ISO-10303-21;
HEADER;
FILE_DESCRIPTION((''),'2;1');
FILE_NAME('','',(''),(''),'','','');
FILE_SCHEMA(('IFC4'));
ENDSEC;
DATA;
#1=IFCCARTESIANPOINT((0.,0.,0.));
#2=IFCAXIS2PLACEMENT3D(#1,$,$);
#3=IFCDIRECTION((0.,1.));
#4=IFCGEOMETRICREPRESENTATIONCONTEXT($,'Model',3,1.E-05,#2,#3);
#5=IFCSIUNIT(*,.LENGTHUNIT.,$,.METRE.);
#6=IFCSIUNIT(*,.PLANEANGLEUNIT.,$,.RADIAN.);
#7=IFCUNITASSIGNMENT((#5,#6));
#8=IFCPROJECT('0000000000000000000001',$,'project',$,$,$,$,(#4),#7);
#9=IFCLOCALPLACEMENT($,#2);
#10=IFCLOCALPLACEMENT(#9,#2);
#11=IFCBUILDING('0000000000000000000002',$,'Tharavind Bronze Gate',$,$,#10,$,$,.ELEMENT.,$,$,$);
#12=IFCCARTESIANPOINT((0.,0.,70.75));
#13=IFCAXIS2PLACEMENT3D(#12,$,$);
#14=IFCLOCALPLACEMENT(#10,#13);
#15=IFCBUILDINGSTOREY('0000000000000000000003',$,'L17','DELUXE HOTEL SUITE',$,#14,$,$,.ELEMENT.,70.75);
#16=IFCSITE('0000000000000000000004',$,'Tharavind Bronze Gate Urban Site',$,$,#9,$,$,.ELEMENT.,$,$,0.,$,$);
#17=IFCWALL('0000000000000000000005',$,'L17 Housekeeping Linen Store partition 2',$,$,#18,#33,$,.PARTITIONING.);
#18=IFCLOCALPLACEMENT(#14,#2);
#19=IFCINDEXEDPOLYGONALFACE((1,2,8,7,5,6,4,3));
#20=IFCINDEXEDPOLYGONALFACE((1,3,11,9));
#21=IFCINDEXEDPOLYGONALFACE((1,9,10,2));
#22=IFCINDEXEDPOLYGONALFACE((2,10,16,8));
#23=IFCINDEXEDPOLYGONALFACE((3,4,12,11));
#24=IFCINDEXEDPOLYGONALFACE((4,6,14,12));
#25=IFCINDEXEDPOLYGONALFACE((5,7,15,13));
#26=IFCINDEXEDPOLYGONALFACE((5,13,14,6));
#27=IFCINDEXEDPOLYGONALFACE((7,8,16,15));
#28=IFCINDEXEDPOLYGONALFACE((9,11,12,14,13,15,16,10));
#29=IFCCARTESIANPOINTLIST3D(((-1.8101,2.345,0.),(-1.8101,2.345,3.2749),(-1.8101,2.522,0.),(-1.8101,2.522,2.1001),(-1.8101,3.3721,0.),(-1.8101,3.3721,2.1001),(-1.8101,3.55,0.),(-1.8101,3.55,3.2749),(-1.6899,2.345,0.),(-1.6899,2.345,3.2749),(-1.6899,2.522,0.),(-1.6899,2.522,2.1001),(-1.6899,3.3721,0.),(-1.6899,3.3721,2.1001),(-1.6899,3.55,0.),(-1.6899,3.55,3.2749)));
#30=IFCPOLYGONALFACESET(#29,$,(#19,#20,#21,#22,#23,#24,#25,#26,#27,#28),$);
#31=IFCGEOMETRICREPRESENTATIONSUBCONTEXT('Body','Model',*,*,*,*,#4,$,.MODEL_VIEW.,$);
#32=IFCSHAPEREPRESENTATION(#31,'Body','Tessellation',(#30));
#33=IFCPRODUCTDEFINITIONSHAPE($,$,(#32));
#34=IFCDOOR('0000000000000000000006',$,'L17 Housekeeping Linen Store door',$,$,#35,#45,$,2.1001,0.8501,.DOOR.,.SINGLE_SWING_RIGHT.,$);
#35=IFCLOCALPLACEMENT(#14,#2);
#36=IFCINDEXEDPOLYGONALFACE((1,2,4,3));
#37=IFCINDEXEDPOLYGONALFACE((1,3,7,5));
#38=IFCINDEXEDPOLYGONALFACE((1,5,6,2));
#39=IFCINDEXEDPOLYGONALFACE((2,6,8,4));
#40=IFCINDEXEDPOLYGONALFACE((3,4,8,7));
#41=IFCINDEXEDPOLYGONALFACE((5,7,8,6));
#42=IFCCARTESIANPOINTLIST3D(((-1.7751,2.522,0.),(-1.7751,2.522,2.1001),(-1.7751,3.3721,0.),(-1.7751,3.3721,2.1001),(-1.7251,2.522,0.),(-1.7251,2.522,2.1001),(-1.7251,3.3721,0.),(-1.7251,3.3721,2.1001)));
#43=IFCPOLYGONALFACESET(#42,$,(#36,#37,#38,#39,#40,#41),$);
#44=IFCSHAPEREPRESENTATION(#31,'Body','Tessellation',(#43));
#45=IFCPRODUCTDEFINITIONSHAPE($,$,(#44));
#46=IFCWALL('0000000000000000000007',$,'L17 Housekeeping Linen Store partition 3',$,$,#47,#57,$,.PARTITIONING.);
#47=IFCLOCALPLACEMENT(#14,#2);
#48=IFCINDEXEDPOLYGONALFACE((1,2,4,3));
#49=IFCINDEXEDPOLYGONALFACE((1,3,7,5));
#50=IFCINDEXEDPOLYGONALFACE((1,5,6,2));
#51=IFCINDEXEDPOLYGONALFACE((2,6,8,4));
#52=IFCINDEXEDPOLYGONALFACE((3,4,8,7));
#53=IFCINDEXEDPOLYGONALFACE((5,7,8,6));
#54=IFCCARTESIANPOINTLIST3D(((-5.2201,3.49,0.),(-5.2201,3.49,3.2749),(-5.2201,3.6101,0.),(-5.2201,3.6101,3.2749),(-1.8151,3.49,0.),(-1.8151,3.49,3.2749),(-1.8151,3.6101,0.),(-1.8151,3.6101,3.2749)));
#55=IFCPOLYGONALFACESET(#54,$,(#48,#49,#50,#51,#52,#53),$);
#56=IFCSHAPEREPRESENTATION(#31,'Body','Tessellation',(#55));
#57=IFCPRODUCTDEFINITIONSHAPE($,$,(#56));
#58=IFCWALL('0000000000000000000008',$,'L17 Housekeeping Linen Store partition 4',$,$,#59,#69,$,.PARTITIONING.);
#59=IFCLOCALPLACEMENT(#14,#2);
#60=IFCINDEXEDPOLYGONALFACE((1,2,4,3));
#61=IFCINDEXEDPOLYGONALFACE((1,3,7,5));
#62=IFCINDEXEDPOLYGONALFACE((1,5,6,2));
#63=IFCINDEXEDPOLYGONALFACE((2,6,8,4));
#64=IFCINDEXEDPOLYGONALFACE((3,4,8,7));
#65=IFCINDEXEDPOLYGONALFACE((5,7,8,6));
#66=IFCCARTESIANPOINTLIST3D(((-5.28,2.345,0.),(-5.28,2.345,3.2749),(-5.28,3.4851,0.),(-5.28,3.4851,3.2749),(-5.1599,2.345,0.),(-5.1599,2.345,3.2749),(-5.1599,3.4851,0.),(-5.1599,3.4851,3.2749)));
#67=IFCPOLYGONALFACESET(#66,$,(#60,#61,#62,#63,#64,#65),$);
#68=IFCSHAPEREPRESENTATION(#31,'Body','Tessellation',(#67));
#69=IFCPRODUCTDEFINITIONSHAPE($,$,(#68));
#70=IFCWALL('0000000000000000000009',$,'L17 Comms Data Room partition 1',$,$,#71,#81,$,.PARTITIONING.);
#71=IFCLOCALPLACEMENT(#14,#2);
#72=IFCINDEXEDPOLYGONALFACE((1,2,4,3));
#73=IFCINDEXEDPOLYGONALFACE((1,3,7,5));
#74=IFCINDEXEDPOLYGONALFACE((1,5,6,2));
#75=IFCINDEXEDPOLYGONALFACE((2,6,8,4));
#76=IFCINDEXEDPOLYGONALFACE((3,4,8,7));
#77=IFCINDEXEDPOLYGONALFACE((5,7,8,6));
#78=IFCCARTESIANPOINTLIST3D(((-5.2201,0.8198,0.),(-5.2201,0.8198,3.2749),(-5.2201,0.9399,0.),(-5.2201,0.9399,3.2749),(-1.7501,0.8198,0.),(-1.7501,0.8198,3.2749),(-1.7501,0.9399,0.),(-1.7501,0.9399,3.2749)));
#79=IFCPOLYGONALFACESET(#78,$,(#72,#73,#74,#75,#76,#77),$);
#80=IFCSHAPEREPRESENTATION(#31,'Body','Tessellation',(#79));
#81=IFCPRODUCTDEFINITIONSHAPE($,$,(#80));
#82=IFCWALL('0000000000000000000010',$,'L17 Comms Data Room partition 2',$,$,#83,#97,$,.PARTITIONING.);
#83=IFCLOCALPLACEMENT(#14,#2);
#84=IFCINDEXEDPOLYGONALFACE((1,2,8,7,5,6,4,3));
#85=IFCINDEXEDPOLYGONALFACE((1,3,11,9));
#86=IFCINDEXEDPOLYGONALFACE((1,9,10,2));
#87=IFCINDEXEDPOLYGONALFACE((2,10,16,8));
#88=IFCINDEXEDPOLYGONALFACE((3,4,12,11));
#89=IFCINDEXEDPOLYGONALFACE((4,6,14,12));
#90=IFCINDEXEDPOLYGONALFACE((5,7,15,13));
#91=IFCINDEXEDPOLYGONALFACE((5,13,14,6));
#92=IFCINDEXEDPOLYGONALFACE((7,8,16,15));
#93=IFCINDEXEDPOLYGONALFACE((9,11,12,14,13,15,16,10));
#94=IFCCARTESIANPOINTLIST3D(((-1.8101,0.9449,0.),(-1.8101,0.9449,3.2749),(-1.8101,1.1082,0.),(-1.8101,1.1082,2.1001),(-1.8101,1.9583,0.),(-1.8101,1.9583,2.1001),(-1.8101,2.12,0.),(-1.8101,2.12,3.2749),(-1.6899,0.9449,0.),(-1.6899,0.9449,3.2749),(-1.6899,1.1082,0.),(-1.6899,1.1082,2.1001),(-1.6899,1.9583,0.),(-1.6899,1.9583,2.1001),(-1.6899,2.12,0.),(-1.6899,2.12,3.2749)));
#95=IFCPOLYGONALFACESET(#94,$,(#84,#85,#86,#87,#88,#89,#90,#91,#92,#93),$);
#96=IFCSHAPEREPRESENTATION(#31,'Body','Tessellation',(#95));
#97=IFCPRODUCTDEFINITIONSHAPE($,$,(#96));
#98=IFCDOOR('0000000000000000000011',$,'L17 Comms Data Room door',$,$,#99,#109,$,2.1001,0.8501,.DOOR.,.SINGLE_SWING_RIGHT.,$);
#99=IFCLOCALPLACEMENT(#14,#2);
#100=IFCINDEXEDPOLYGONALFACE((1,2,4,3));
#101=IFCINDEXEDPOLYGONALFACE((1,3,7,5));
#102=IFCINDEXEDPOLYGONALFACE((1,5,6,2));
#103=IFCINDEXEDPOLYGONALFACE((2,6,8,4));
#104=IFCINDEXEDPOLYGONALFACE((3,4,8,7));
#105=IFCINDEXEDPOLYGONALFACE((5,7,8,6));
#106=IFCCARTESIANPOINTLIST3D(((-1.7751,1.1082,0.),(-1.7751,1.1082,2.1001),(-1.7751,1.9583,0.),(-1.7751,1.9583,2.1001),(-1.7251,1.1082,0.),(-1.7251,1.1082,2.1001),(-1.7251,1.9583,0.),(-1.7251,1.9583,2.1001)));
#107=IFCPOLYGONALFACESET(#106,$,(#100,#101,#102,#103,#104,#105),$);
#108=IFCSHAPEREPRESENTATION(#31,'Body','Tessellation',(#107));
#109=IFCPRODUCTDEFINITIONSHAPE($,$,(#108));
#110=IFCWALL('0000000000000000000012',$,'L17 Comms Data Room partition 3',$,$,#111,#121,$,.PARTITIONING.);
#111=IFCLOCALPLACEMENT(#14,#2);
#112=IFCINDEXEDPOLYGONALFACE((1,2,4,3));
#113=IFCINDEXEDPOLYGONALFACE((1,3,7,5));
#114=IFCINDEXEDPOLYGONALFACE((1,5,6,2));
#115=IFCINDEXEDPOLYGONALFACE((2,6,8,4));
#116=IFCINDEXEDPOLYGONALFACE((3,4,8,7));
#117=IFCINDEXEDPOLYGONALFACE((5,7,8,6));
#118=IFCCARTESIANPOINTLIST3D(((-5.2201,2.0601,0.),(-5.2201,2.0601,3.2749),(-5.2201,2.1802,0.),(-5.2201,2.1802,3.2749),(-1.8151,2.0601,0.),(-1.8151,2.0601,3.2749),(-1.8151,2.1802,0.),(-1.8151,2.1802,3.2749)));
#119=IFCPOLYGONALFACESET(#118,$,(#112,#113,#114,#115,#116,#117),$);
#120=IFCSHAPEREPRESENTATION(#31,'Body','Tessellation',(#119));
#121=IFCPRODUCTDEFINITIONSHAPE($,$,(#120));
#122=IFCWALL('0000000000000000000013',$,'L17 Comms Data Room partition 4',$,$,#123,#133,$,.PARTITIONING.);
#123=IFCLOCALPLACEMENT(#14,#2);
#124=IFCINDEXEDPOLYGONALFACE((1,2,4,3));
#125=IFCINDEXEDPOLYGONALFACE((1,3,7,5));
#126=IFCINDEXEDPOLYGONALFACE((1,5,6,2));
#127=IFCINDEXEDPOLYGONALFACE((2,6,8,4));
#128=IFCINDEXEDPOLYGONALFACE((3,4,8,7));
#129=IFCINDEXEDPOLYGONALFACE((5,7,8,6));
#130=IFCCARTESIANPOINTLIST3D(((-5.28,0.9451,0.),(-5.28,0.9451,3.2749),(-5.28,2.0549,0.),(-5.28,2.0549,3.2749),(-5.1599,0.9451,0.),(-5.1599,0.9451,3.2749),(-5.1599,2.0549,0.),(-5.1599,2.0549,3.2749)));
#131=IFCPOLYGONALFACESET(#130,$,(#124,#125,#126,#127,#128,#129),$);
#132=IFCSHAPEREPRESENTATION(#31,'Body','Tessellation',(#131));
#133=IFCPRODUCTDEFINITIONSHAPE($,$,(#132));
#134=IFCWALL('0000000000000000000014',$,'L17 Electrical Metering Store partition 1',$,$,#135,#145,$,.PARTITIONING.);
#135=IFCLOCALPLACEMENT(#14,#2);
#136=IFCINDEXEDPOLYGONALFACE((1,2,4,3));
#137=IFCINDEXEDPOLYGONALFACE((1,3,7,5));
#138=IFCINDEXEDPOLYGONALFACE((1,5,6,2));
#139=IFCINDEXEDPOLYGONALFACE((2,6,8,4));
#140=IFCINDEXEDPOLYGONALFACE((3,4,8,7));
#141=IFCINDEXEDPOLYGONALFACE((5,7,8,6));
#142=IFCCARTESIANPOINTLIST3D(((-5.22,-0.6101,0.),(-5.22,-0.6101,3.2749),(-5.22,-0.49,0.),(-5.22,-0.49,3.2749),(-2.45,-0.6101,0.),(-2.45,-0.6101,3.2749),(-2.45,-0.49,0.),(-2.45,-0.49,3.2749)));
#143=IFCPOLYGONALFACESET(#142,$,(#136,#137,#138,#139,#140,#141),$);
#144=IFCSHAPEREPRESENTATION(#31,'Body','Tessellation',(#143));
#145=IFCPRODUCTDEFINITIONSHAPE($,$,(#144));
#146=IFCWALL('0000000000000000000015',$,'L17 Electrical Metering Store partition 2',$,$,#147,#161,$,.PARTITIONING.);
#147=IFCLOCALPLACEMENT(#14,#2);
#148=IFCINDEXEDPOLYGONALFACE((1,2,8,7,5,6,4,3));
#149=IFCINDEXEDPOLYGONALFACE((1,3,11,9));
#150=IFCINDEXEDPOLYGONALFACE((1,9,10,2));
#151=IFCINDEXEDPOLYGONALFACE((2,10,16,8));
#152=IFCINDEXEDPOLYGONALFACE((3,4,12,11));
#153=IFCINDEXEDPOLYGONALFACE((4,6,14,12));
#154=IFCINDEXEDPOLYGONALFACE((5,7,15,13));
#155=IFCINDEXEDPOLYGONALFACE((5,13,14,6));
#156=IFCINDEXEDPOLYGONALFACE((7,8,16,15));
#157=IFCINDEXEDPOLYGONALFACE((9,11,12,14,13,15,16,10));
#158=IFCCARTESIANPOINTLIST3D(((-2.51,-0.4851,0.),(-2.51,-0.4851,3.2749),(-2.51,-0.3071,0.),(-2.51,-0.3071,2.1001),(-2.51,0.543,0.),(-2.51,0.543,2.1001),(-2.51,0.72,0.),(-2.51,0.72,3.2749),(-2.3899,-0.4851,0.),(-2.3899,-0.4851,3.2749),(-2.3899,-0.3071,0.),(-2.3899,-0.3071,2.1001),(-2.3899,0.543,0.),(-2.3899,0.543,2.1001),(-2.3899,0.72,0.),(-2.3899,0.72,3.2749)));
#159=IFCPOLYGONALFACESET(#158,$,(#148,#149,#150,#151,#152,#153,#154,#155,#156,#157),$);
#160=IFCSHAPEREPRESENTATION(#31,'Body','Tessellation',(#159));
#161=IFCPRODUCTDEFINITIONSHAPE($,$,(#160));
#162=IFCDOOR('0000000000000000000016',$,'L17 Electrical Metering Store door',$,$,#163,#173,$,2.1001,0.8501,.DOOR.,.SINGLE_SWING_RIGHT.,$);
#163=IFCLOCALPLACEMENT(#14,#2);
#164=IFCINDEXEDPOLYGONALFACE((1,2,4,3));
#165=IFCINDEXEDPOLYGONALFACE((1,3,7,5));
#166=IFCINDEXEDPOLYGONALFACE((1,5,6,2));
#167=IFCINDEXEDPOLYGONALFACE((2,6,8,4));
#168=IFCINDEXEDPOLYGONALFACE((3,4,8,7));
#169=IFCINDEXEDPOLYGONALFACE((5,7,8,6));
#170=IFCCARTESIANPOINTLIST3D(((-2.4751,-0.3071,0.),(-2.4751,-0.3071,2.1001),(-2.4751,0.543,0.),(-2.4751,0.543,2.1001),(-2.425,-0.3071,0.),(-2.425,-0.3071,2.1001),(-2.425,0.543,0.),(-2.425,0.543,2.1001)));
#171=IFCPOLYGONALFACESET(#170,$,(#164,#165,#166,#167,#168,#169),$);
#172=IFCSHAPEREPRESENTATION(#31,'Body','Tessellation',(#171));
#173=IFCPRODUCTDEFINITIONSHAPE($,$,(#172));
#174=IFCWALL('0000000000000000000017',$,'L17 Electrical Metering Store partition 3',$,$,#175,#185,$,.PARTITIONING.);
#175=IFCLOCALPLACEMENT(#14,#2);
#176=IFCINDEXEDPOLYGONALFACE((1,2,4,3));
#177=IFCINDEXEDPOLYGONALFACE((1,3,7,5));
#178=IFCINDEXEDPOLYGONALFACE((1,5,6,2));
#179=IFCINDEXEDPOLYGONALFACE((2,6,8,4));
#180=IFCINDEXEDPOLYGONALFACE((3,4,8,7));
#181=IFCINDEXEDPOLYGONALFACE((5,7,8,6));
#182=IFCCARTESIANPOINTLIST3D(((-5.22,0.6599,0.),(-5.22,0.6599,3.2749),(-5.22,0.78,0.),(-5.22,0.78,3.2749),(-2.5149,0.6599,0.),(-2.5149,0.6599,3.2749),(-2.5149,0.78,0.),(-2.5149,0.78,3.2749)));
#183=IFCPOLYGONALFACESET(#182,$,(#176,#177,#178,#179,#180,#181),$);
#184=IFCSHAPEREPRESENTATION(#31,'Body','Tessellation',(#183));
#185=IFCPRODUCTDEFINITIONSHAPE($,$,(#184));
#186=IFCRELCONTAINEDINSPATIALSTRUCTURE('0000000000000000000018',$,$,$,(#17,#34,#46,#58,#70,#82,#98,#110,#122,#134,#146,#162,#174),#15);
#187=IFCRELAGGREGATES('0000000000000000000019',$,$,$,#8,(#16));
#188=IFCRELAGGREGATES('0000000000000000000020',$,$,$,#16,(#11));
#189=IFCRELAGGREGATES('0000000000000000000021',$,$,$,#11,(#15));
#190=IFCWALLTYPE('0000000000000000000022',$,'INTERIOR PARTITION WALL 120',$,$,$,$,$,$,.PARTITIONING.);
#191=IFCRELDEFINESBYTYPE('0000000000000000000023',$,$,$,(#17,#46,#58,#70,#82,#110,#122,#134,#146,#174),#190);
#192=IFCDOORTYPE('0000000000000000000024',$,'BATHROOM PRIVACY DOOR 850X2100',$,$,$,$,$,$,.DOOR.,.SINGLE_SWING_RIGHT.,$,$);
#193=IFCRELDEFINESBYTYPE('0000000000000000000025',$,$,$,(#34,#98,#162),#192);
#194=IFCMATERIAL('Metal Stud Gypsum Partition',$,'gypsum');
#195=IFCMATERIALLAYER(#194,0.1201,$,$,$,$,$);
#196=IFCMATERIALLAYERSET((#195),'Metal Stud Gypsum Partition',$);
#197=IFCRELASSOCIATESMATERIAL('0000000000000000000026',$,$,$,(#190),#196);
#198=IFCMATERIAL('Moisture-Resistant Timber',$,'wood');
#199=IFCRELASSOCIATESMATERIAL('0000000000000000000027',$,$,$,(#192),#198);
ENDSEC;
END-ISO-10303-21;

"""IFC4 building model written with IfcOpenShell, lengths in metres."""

from ifc_helpers import new_model, si_unit, direction, frame, frame_2d, origin, place, context, subcontext, project, spatial, rectangle, extrude, material, layer, layer_set, type_object, element, fill, save


model = new_model("IFC4")

# Units and contexts
model_context = context("Model", 3, precision=1e-05, world=origin(), true_north=direction((0.0, 1.0)))
body_context = subcontext(model_context, "Body", "Model", "MODEL_VIEW")
ifc_project = project(units=[si_unit("LENGTHUNIT", "METRE"), si_unit("PLANEANGLEUNIT", "RADIAN")], contexts=[model_context])

# Site, building, storey
site_placement = place(None, origin())
site = spatial("IfcSite", under=ifc_project, at=site_placement, Name="Tharavind Bronze Gate Urban Site", CompositionType="ELEMENT", RefElevation=0.0)
building_placement = place(site_placement, origin())
building = spatial("IfcBuilding", under=site, at=building_placement, Name="Tharavind Bronze Gate", CompositionType="ELEMENT")
storey_placement = place(building_placement, frame((0.0, 0.0, 70.75)))
storey = spatial("IfcBuildingStorey", under=building, at=storey_placement, Name="L17", Description="DELUXE HOTEL SUITE", CompositionType="ELEMENT", Elevation=70.75)

# Shared definitions
ifc_material_1 = material(Name="Metal Stud Gypsum Partition", Category="gypsum")
ifc_layer_1 = layer(ifc_material_1, 0.1201)
ifc_layer_set_1 = layer_set([ifc_layer_1], Name="Metal Stud Gypsum Partition")
wall_type_1 = type_object("IfcWallType", Name="INTERIOR PARTITION WALL 120", PredefinedType="PARTITIONING", material=ifc_layer_set_1)

# Wall, opening, door
wall_1_placement = place(storey_placement, frame((-1.75, 2.345, 0.0), z_axis=(0.0, 0.0, 1.0), x_axis=(0.0, 1.0, 0.0)))
wall_1 = element("IfcWall", 1, at=wall_1_placement, inside=storey, type_object=wall_type_1, Name="L17 Housekeeping Linen Store partition 2", PredefinedType="PARTITIONING", context=body_context, shape_type="SweptSolid", body=[
    extrude(rectangle(XDim=1.2051, YDim=0.1201, at=frame_2d((0.6025, 0.0))), origin(), (0.0, 0.0, 1.0), 3.2749),
])
opening_1_placement = place(wall_1_placement, frame((0.177, 0.0, 0.0)))
opening_1 = element("IfcOpeningElement", 2, at=opening_1_placement, cuts=wall_1, PredefinedType="OPENING", context=body_context, shape_type="SweptSolid", body=[
    extrude(rectangle(XDim=0.8501, YDim=2.1001, at=frame_2d((0.425, 1.05))), frame((0.0, 0.0701, 0.0), z_axis=(0.0, -1.0, 0.0), x_axis=(1.0, 0.0, 0.0)), (0.0, 0.0, 1.0), 0.1401),
])
ifc_material_2 = material(Name="Moisture-Resistant Timber", Category="wood")
door_type = type_object("IfcDoorType", Name="BATHROOM PRIVACY DOOR 850X2100", OperationType="SINGLE_SWING_RIGHT", PredefinedType="DOOR", material=ifc_material_2)
door_1_placement = place(opening_1_placement, frame((0.8501, 0.0, 0.0), z_axis=(0.0, 0.0, 1.0), x_axis=(-1.0, 0.0, 0.0)))
door_1 = element("IfcDoor", 3, at=door_1_placement, inside=storey, type_object=door_type, Name="L17 Housekeeping Linen Store door", OperationType="SINGLE_SWING_RIGHT", OverallHeight=2.1001, OverallWidth=0.8501, PredefinedType="DOOR", context=body_context, shape_type="SweptSolid", body=[
    extrude(rectangle(XDim=0.8501, YDim=2.1001, at=frame_2d((0.425, 1.05))), frame((0.0, 0.0249, 0.0), z_axis=(0.0, -1.0, 0.0), x_axis=(1.0, 0.0, 0.0)), (0.0, 0.0, 1.0), 0.05),
])
fill(opening_1, door_1)

# Walls
wall_2_placement = place(storey_placement, frame((-1.8149, 3.55, 0.0), z_axis=(0.0, 0.0, 1.0), x_axis=(-1.0, 0.0, 0.0)))
element("IfcWall", 4, at=wall_2_placement, inside=storey, type_object=wall_type_1, Name="L17 Housekeeping Linen Store partition 3", PredefinedType="PARTITIONING", context=body_context, shape_type="SweptSolid", body=[
    extrude(rectangle(XDim=3.405, YDim=0.1201, at=frame_2d((1.7026, 0.0))), origin(), (0.0, 0.0, 1.0), 3.2749),
])
wall_3_placement = place(storey_placement, frame((-5.22, 3.4851, 0.0), z_axis=(0.0, 0.0, 1.0), x_axis=(0.0, -1.0, 0.0)))
element("IfcWall", 5, at=wall_3_placement, inside=storey, type_object=wall_type_1, Name="L17 Housekeeping Linen Store partition 4", PredefinedType="PARTITIONING", context=body_context, shape_type="SweptSolid", body=[
    extrude(rectangle(XDim=1.1401, YDim=0.1201, at=frame_2d((0.5701, 0.0))), origin(), (0.0, 0.0, 1.0), 3.2749),
])
wall_4_placement = place(storey_placement, frame((-5.22, 0.8799, 0.0), z_axis=(0.0, 0.0, 1.0), x_axis=(1.0, 0.0, 0.0)))
element("IfcWall", 6, at=wall_4_placement, inside=storey, type_object=wall_type_1, Name="L17 Comms Data Room partition 1", PredefinedType="PARTITIONING", context=body_context, shape_type="SweptSolid", body=[
    extrude(rectangle(XDim=3.47, YDim=0.1201, at=frame_2d((1.7349, 0.0))), origin(), (0.0, 0.0, 1.0), 3.2749),
])

# Wall, opening, door
wall_5_placement = place(storey_placement, frame((-1.75, 0.9451, 0.0), z_axis=(0.0, 0.0, 1.0), x_axis=(0.0, 1.0, 0.0)))
wall_5 = element("IfcWall", 7, at=wall_5_placement, inside=storey, type_object=wall_type_1, Name="L17 Comms Data Room partition 2", PredefinedType="PARTITIONING", context=body_context, shape_type="SweptSolid", body=[
    extrude(rectangle(XDim=1.175, YDim=0.1201, at=frame_2d((0.5874, 0.0))), origin(), (0.0, 0.0, 1.0), 3.2749),
])
opening_2_placement = place(wall_5_placement, frame((0.1631, 0.0, 0.0)))
opening_2 = element("IfcOpeningElement", 8, at=opening_2_placement, cuts=wall_5, PredefinedType="OPENING", context=body_context, shape_type="SweptSolid", body=[
    extrude(rectangle(XDim=0.8501, YDim=2.1001, at=frame_2d((0.425, 1.05))), frame((0.0, 0.0701, 0.0), z_axis=(0.0, -1.0, 0.0), x_axis=(1.0, 0.0, 0.0)), (0.0, 0.0, 1.0), 0.1401),
])
door_2_placement = place(opening_2_placement, frame((0.8501, 0.0, 0.0), z_axis=(0.0, 0.0, 1.0), x_axis=(-1.0, 0.0, 0.0)))
door_2 = element("IfcDoor", 9, at=door_2_placement, inside=storey, type_object=door_type, Name="L17 Comms Data Room door", OperationType="SINGLE_SWING_RIGHT", OverallHeight=2.1001, OverallWidth=0.8501, PredefinedType="DOOR", context=body_context, shape_type="SweptSolid", body=[
    extrude(rectangle(XDim=0.8501, YDim=2.1001, at=frame_2d((0.425, 1.05))), frame((0.0, 0.0249, 0.0), z_axis=(0.0, -1.0, 0.0), x_axis=(1.0, 0.0, 0.0)), (0.0, 0.0, 1.0), 0.05),
])
fill(opening_2, door_2)

# Walls
wall_6_placement = place(storey_placement, frame((-1.8149, 2.1201, 0.0), z_axis=(0.0, 0.0, 1.0), x_axis=(-1.0, 0.0, 0.0)))
element("IfcWall", 10, at=wall_6_placement, inside=storey, type_object=wall_type_1, Name="L17 Comms Data Room partition 3", PredefinedType="PARTITIONING", context=body_context, shape_type="SweptSolid", body=[
    extrude(rectangle(XDim=3.405, YDim=0.1201, at=frame_2d((1.7026, 0.0))), origin(), (0.0, 0.0, 1.0), 3.2749),
])
wall_7_placement = place(storey_placement, frame((-5.22, 2.0549, 0.0), z_axis=(0.0, 0.0, 1.0), x_axis=(0.0, -1.0, 0.0)))
element("IfcWall", 11, at=wall_7_placement, inside=storey, type_object=wall_type_1, Name="L17 Comms Data Room partition 4", PredefinedType="PARTITIONING", context=body_context, shape_type="SweptSolid", body=[
    extrude(rectangle(XDim=1.1099, YDim=0.1201, at=frame_2d((0.5549, 0.0))), origin(), (0.0, 0.0, 1.0), 3.2749),
])
wall_8_placement = place(storey_placement, frame((-5.22, -0.55, 0.0), z_axis=(0.0, 0.0, 1.0), x_axis=(1.0, 0.0, 0.0)))
element("IfcWall", 12, at=wall_8_placement, inside=storey, type_object=wall_type_1, Name="L17 Electrical Metering Store partition 1", PredefinedType="PARTITIONING", context=body_context, shape_type="SweptSolid", body=[
    extrude(rectangle(XDim=2.77, YDim=0.1201, at=frame_2d((1.385, 0.0))), origin(), (0.0, 0.0, 1.0), 3.2749),
])

# Wall, opening, door
wall_9_placement = place(storey_placement, frame((-2.45, -0.4851, 0.0), z_axis=(0.0, 0.0, 1.0), x_axis=(0.0, 1.0, 0.0)))
wall_9 = element("IfcWall", 13, at=wall_9_placement, inside=storey, type_object=wall_type_1, Name="L17 Electrical Metering Store partition 2", PredefinedType="PARTITIONING", context=body_context, shape_type="SweptSolid", body=[
    extrude(rectangle(XDim=1.2051, YDim=0.1201, at=frame_2d((0.6025, 0.0))), origin(), (0.0, 0.0, 1.0), 3.2749),
])
opening_3_placement = place(wall_9_placement, frame((0.178, 0.0, 0.0)))
opening_3 = element("IfcOpeningElement", 14, at=opening_3_placement, cuts=wall_9, PredefinedType="OPENING", context=body_context, shape_type="SweptSolid", body=[
    extrude(rectangle(XDim=0.8501, YDim=2.1001, at=frame_2d((0.425, 1.05))), frame((0.0, 0.0701, 0.0), z_axis=(0.0, -1.0, 0.0), x_axis=(1.0, 0.0, 0.0)), (0.0, 0.0, 1.0), 0.1401),
])
door_3_placement = place(opening_3_placement, frame((0.8501, 0.0, 0.0), z_axis=(0.0, 0.0, 1.0), x_axis=(-1.0, 0.0, 0.0)))
door_3 = element("IfcDoor", 15, at=door_3_placement, inside=storey, type_object=door_type, Name="L17 Electrical Metering Store door", OperationType="SINGLE_SWING_RIGHT", OverallHeight=2.1001, OverallWidth=0.8501, PredefinedType="DOOR", context=body_context, shape_type="SweptSolid", body=[
    extrude(rectangle(XDim=0.8501, YDim=2.1001, at=frame_2d((0.425, 1.05))), frame((0.0, 0.0249, 0.0), z_axis=(0.0, -1.0, 0.0), x_axis=(1.0, 0.0, 0.0)), (0.0, 0.0, 1.0), 0.05),
])
fill(opening_3, door_3)

# Wall
wall_10_placement = place(storey_placement, frame((-2.5149, 0.72, 0.0), z_axis=(0.0, 0.0, 1.0), x_axis=(-1.0, 0.0, 0.0)))
element("IfcWall", 16, at=wall_10_placement, inside=storey, type_object=wall_type_1, Name="L17 Electrical Metering Store partition 3", PredefinedType="PARTITIONING", context=body_context, shape_type="SweptSolid", body=[
    extrude(rectangle(XDim=2.7051, YDim=0.1201, at=frame_2d((1.3525, 0.0))), origin(), (0.0, 0.0, 1.0), 3.2749),
])

save(model, "model.ifc")
